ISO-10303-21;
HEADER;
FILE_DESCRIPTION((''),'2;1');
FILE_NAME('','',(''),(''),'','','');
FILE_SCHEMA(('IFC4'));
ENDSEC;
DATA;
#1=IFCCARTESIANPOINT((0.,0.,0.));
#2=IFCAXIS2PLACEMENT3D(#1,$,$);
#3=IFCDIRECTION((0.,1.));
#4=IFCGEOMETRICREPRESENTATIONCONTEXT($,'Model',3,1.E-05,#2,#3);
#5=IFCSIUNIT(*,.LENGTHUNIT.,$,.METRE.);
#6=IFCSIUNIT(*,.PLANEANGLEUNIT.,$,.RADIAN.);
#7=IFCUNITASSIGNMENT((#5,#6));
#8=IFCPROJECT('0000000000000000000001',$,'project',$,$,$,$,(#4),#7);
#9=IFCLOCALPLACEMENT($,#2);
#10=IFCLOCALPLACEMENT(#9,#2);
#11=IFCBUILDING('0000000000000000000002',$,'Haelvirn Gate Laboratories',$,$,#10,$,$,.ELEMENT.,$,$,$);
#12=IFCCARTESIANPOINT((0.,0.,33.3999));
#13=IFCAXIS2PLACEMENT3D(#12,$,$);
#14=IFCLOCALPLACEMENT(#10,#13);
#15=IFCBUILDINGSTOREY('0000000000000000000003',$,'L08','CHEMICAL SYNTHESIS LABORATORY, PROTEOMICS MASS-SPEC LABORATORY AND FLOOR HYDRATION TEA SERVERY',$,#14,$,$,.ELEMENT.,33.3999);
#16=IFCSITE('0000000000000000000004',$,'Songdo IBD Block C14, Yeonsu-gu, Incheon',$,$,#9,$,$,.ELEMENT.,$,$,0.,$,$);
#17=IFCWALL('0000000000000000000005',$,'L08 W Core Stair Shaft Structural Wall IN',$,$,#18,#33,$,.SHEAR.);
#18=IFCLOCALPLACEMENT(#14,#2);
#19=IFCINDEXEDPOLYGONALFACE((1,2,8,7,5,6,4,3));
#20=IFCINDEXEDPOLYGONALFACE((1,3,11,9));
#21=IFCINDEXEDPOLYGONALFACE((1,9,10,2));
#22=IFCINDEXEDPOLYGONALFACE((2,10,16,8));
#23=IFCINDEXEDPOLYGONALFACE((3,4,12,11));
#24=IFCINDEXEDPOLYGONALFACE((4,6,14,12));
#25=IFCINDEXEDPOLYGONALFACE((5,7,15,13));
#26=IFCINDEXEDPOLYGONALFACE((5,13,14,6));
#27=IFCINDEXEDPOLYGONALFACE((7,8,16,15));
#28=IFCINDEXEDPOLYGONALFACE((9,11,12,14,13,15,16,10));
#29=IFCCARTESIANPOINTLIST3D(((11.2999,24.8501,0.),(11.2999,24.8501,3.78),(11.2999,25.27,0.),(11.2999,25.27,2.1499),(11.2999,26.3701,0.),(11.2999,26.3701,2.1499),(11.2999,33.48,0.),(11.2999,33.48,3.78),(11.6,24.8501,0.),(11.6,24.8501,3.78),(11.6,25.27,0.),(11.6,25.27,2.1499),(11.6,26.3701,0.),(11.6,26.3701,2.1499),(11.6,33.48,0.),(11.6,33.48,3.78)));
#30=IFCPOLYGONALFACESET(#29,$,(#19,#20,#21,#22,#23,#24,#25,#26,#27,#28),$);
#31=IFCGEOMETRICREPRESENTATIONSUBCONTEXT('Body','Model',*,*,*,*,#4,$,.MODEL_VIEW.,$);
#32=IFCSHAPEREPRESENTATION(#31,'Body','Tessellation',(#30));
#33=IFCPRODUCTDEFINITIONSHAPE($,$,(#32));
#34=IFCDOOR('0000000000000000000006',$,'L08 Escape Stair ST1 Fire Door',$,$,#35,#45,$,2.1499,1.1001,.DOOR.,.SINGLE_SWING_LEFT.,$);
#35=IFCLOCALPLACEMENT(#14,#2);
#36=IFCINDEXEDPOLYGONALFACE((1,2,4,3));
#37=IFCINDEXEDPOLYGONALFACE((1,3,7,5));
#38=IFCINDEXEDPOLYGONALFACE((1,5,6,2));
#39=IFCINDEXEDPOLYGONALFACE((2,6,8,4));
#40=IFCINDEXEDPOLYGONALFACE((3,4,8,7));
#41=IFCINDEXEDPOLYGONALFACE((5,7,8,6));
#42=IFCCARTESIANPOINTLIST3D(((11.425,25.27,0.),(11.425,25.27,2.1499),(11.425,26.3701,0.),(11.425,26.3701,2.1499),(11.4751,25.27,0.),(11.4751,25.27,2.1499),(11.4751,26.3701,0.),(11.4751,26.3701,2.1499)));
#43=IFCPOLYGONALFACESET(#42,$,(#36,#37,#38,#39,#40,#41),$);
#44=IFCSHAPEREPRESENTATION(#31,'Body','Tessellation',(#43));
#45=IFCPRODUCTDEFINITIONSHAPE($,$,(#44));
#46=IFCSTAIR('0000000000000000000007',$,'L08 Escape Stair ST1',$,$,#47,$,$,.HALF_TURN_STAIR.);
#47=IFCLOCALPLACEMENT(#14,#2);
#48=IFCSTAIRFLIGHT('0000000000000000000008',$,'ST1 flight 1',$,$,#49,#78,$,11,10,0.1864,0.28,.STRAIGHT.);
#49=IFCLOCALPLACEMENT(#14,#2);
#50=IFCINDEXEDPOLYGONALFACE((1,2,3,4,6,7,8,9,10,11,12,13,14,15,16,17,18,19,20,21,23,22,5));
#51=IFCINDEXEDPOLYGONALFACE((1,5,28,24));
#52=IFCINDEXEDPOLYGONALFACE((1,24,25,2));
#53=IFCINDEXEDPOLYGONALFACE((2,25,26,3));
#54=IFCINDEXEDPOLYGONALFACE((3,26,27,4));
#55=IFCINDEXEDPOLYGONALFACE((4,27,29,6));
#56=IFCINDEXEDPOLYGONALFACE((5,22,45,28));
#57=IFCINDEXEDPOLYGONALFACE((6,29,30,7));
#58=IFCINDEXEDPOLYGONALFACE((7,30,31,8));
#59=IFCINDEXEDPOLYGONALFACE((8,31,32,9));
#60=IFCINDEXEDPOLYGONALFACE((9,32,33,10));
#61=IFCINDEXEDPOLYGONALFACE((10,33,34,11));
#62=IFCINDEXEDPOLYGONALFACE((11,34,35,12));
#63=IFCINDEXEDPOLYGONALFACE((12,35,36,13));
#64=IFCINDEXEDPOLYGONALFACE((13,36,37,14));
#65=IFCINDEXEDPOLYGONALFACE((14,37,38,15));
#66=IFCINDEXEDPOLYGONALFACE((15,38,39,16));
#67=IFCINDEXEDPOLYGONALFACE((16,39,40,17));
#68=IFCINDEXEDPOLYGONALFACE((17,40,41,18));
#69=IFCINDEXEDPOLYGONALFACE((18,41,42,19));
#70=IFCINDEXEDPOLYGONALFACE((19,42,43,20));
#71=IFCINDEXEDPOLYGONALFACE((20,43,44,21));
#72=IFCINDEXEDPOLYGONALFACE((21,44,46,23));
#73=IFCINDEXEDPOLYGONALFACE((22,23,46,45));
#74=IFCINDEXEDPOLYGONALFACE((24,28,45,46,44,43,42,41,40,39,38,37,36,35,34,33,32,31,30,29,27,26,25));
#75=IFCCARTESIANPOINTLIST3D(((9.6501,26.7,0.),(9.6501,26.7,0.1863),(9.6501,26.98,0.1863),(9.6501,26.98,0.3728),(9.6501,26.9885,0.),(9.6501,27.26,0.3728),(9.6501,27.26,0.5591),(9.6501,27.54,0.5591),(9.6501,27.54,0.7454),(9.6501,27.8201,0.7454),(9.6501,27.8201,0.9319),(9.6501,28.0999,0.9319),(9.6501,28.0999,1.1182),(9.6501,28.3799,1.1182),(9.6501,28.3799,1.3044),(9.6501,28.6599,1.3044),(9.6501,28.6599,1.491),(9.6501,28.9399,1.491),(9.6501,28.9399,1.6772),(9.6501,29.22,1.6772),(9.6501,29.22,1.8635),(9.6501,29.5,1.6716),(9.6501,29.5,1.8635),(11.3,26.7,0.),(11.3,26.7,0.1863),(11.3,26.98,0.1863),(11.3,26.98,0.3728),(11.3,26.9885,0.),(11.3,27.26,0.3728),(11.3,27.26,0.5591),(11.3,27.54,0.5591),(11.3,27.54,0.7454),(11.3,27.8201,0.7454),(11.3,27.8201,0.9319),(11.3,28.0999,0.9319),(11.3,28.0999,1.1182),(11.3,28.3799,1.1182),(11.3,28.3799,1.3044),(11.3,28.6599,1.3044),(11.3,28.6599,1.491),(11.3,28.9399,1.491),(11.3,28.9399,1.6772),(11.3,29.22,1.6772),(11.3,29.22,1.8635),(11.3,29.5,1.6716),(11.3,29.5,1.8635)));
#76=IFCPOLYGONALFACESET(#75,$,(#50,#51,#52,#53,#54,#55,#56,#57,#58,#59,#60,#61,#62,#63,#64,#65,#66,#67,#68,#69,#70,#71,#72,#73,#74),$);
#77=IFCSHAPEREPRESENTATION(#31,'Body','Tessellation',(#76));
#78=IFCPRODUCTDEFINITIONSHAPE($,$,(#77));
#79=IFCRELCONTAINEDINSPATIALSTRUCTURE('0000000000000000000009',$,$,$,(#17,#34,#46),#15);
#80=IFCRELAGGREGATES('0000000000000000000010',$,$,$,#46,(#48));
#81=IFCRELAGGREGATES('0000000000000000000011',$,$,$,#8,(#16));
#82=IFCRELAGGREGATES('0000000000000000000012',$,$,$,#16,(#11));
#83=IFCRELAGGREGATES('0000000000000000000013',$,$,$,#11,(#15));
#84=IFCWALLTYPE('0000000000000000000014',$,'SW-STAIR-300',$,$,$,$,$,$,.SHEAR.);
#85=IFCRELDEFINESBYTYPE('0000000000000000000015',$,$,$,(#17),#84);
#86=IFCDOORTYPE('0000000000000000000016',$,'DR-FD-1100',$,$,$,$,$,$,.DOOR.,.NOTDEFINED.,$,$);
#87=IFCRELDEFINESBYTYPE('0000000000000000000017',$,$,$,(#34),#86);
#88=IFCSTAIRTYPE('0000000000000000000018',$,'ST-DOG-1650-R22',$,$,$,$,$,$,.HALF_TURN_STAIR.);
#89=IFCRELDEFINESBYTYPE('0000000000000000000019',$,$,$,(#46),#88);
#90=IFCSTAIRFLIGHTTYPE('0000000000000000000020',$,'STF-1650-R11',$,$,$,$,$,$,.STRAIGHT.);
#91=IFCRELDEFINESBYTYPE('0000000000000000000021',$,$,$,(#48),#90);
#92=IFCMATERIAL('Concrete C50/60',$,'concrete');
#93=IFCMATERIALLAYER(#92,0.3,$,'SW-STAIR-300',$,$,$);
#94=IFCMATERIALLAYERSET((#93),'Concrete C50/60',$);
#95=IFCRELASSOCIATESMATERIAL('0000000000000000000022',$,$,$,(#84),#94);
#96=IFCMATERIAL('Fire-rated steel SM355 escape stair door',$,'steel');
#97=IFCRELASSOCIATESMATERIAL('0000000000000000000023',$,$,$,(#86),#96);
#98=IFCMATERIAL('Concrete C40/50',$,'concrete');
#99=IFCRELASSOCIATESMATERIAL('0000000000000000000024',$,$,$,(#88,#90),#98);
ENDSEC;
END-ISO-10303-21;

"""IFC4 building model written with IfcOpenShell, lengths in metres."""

from ifc_helpers import new_model, si_unit, direction, frame, frame_2d, origin, place, context, subcontext, project, spatial, polyline, rectangle, outline, extrude, source, transform, mapped, material, layer, layer_set, type_object, type_shapes, element, fill, aggregate, save


model = new_model("IFC4")

# Units and contexts
model_context = context("Model", 3, precision=1e-05, world=origin(), true_north=direction((0.0, 1.0)))
body_context = subcontext(model_context, "Body", "Model", "MODEL_VIEW")
ifc_project = project(units=[si_unit("LENGTHUNIT", "METRE"), si_unit("PLANEANGLEUNIT", "RADIAN")], contexts=[model_context])

# Site, building, storey
site_placement = place(None, origin())
site = spatial("IfcSite", under=ifc_project, at=site_placement, Name="Songdo IBD Block C14, Yeonsu-gu, Incheon", CompositionType="ELEMENT", RefElevation=0.0)
building_placement = place(site_placement, origin())
building = spatial("IfcBuilding", under=site, at=building_placement, Name="Haelvirn Gate Laboratories", CompositionType="ELEMENT")
storey_placement = place(building_placement, frame((0.0, 0.0, 33.3999)))
storey = spatial("IfcBuildingStorey", under=building, at=storey_placement, Name="L08", Description="CHEMICAL SYNTHESIS LABORATORY, PROTEOMICS MASS-SPEC LABORATORY AND FLOOR HYDRATION TEA SERVERY", CompositionType="ELEMENT", Elevation=33.3999)

# Shared definitions
ifc_material_1 = material(Name="Concrete C40/50", Category="concrete")

# Wall, opening, door
ifc_material_2 = material(Name="Concrete C50/60", Category="concrete")
ifc_layer_1 = layer(ifc_material_2, 0.3, Name="SW-STAIR-300")
ifc_layer_set_1 = layer_set([ifc_layer_1], Name="Concrete C50/60")
wall_type_1 = type_object("IfcWallType", Name="SW-STAIR-300", PredefinedType="SHEAR", material=ifc_layer_set_1)
wall_1_placement = place(storey_placement, frame((11.45, 24.8501, 0.0), z_axis=(0.0, 0.0, 1.0), x_axis=(0.0, 1.0, 0.0)))
wall_1 = element("IfcWall", 1, at=wall_1_placement, inside=storey, type_object=wall_type_1, Name="L08 W Core Stair Shaft Structural Wall IN", PredefinedType="SHEAR", context=body_context, shape_type="SweptSolid", body=[
    extrude(rectangle(XDim=8.6299, YDim=0.3, at=frame_2d((4.3149, 0.0))), origin(), (0.0, 0.0, 1.0), 3.78),
])
opening_1_placement = place(wall_1_placement, frame((0.4199, 0.0, 0.0)))
opening_1 = element("IfcOpeningElement", 2, at=opening_1_placement, cuts=wall_1, PredefinedType="OPENING", context=body_context, shape_type="SweptSolid", body=[
    extrude(rectangle(XDim=1.1001, YDim=2.1499, at=frame_2d((0.55, 1.075))), frame((0.0, 0.1602, 0.0), z_axis=(0.0, -1.0, 0.0), x_axis=(1.0, 0.0, 0.0)), (0.0, 0.0, 1.0), 0.3201),
])
ifc_material_3 = material(Name="Fire-rated steel SM355 escape stair door", Category="steel")
door_type_1 = type_object("IfcDoorType", Name="DR-FD-1100", OperationType="NOTDEFINED", PredefinedType="DOOR", material=ifc_material_3)
shared_shape_1 = source(origin(), body_context, "Body", "SweptSolid", [
    extrude(rectangle(XDim=1.1001, YDim=2.1499, at=frame_2d((0.55, 1.075))), frame((0.0, 0.0249, 0.0), z_axis=(0.0, -1.0, 0.0), x_axis=(1.0, 0.0, 0.0)), (0.0, 0.0, 1.0), 0.05),
])
type_shapes(door_type_1, [shared_shape_1])
door_1_placement = place(opening_1_placement, origin())
door_1 = element("IfcDoor", 3, at=door_1_placement, inside=storey, type_object=door_type_1, Name="L08 Escape Stair ST1 Fire Door", OperationType="SINGLE_SWING_LEFT", OverallHeight=2.1499, OverallWidth=1.1001, PredefinedType="DOOR", context=body_context, shape_type="MappedRepresentation", body=[
    mapped(shared_shape_1, transform((0.0, 0.0, 0.0), scale=1.0)),
])
fill(opening_1, door_1)

# Stair, stair flight
stair_type = type_object("IfcStairType", Name="ST-DOG-1650-R22", PredefinedType="HALF_TURN_STAIR", material=ifc_material_1)
stair_placement = place(storey_placement, origin())
stair = element("IfcStair", 4, at=stair_placement, inside=storey, type_object=stair_type, Name="L08 Escape Stair ST1", PredefinedType="HALF_TURN_STAIR")
stair_flight_type = type_object("IfcStairFlightType", Name="STF-1650-R11", PredefinedType="STRAIGHT", material=ifc_material_1)
shared_shape_2 = source(origin(), body_context, "Body", "SweptSolid", [
    extrude(outline(polyline([(0.0, 0.0), (0.0, 0.1863), (0.28, 0.1863), (0.28, 0.3728), (0.5601, 0.3728), (0.5601, 0.5591), (0.8401, 0.5591), (0.8401, 0.7454), (1.1201, 0.7454), (1.1201, 0.9319), (1.3999, 0.9319), (1.3999, 1.1182), (1.6799, 1.1182), (1.6799, 1.3044), (1.96, 1.3044), (1.96, 1.491), (2.24, 1.491), (2.24, 1.6772), (2.52, 1.6772), (2.52, 1.8635), (2.8, 1.8635), (2.8, 2.05), (2.8, 1.6716), (0.2886, 0.0), (0.0, 0.0)])), frame((0.0, 0.825, 0.0), z_axis=(0.0, -1.0, 0.0), x_axis=(1.0, 0.0, 0.0)), (0.0, 0.0, 1.0), 1.6499),
])
type_shapes(stair_flight_type, [shared_shape_2])
stair_flight_placement = place(storey_placement, frame((10.4751, 26.7, 0.0), z_axis=(0.0, 0.0, 1.0), x_axis=(0.0, 1.0, 0.0)))
stair_flight = element("IfcStairFlight", 5, at=stair_flight_placement, type_object=stair_flight_type, Name="ST1 flight 1", NumberOfRisers=11, NumberOfTreads=10, PredefinedType="STRAIGHT", RiserHeight=0.1864, TreadLength=0.28, context=body_context, shape_type="MappedRepresentation", body=[
    mapped(shared_shape_2, transform((0.0, 0.0, 0.0), scale=1.0)),
])
aggregate(stair, [stair_flight])

save(model, "model.ifc")
